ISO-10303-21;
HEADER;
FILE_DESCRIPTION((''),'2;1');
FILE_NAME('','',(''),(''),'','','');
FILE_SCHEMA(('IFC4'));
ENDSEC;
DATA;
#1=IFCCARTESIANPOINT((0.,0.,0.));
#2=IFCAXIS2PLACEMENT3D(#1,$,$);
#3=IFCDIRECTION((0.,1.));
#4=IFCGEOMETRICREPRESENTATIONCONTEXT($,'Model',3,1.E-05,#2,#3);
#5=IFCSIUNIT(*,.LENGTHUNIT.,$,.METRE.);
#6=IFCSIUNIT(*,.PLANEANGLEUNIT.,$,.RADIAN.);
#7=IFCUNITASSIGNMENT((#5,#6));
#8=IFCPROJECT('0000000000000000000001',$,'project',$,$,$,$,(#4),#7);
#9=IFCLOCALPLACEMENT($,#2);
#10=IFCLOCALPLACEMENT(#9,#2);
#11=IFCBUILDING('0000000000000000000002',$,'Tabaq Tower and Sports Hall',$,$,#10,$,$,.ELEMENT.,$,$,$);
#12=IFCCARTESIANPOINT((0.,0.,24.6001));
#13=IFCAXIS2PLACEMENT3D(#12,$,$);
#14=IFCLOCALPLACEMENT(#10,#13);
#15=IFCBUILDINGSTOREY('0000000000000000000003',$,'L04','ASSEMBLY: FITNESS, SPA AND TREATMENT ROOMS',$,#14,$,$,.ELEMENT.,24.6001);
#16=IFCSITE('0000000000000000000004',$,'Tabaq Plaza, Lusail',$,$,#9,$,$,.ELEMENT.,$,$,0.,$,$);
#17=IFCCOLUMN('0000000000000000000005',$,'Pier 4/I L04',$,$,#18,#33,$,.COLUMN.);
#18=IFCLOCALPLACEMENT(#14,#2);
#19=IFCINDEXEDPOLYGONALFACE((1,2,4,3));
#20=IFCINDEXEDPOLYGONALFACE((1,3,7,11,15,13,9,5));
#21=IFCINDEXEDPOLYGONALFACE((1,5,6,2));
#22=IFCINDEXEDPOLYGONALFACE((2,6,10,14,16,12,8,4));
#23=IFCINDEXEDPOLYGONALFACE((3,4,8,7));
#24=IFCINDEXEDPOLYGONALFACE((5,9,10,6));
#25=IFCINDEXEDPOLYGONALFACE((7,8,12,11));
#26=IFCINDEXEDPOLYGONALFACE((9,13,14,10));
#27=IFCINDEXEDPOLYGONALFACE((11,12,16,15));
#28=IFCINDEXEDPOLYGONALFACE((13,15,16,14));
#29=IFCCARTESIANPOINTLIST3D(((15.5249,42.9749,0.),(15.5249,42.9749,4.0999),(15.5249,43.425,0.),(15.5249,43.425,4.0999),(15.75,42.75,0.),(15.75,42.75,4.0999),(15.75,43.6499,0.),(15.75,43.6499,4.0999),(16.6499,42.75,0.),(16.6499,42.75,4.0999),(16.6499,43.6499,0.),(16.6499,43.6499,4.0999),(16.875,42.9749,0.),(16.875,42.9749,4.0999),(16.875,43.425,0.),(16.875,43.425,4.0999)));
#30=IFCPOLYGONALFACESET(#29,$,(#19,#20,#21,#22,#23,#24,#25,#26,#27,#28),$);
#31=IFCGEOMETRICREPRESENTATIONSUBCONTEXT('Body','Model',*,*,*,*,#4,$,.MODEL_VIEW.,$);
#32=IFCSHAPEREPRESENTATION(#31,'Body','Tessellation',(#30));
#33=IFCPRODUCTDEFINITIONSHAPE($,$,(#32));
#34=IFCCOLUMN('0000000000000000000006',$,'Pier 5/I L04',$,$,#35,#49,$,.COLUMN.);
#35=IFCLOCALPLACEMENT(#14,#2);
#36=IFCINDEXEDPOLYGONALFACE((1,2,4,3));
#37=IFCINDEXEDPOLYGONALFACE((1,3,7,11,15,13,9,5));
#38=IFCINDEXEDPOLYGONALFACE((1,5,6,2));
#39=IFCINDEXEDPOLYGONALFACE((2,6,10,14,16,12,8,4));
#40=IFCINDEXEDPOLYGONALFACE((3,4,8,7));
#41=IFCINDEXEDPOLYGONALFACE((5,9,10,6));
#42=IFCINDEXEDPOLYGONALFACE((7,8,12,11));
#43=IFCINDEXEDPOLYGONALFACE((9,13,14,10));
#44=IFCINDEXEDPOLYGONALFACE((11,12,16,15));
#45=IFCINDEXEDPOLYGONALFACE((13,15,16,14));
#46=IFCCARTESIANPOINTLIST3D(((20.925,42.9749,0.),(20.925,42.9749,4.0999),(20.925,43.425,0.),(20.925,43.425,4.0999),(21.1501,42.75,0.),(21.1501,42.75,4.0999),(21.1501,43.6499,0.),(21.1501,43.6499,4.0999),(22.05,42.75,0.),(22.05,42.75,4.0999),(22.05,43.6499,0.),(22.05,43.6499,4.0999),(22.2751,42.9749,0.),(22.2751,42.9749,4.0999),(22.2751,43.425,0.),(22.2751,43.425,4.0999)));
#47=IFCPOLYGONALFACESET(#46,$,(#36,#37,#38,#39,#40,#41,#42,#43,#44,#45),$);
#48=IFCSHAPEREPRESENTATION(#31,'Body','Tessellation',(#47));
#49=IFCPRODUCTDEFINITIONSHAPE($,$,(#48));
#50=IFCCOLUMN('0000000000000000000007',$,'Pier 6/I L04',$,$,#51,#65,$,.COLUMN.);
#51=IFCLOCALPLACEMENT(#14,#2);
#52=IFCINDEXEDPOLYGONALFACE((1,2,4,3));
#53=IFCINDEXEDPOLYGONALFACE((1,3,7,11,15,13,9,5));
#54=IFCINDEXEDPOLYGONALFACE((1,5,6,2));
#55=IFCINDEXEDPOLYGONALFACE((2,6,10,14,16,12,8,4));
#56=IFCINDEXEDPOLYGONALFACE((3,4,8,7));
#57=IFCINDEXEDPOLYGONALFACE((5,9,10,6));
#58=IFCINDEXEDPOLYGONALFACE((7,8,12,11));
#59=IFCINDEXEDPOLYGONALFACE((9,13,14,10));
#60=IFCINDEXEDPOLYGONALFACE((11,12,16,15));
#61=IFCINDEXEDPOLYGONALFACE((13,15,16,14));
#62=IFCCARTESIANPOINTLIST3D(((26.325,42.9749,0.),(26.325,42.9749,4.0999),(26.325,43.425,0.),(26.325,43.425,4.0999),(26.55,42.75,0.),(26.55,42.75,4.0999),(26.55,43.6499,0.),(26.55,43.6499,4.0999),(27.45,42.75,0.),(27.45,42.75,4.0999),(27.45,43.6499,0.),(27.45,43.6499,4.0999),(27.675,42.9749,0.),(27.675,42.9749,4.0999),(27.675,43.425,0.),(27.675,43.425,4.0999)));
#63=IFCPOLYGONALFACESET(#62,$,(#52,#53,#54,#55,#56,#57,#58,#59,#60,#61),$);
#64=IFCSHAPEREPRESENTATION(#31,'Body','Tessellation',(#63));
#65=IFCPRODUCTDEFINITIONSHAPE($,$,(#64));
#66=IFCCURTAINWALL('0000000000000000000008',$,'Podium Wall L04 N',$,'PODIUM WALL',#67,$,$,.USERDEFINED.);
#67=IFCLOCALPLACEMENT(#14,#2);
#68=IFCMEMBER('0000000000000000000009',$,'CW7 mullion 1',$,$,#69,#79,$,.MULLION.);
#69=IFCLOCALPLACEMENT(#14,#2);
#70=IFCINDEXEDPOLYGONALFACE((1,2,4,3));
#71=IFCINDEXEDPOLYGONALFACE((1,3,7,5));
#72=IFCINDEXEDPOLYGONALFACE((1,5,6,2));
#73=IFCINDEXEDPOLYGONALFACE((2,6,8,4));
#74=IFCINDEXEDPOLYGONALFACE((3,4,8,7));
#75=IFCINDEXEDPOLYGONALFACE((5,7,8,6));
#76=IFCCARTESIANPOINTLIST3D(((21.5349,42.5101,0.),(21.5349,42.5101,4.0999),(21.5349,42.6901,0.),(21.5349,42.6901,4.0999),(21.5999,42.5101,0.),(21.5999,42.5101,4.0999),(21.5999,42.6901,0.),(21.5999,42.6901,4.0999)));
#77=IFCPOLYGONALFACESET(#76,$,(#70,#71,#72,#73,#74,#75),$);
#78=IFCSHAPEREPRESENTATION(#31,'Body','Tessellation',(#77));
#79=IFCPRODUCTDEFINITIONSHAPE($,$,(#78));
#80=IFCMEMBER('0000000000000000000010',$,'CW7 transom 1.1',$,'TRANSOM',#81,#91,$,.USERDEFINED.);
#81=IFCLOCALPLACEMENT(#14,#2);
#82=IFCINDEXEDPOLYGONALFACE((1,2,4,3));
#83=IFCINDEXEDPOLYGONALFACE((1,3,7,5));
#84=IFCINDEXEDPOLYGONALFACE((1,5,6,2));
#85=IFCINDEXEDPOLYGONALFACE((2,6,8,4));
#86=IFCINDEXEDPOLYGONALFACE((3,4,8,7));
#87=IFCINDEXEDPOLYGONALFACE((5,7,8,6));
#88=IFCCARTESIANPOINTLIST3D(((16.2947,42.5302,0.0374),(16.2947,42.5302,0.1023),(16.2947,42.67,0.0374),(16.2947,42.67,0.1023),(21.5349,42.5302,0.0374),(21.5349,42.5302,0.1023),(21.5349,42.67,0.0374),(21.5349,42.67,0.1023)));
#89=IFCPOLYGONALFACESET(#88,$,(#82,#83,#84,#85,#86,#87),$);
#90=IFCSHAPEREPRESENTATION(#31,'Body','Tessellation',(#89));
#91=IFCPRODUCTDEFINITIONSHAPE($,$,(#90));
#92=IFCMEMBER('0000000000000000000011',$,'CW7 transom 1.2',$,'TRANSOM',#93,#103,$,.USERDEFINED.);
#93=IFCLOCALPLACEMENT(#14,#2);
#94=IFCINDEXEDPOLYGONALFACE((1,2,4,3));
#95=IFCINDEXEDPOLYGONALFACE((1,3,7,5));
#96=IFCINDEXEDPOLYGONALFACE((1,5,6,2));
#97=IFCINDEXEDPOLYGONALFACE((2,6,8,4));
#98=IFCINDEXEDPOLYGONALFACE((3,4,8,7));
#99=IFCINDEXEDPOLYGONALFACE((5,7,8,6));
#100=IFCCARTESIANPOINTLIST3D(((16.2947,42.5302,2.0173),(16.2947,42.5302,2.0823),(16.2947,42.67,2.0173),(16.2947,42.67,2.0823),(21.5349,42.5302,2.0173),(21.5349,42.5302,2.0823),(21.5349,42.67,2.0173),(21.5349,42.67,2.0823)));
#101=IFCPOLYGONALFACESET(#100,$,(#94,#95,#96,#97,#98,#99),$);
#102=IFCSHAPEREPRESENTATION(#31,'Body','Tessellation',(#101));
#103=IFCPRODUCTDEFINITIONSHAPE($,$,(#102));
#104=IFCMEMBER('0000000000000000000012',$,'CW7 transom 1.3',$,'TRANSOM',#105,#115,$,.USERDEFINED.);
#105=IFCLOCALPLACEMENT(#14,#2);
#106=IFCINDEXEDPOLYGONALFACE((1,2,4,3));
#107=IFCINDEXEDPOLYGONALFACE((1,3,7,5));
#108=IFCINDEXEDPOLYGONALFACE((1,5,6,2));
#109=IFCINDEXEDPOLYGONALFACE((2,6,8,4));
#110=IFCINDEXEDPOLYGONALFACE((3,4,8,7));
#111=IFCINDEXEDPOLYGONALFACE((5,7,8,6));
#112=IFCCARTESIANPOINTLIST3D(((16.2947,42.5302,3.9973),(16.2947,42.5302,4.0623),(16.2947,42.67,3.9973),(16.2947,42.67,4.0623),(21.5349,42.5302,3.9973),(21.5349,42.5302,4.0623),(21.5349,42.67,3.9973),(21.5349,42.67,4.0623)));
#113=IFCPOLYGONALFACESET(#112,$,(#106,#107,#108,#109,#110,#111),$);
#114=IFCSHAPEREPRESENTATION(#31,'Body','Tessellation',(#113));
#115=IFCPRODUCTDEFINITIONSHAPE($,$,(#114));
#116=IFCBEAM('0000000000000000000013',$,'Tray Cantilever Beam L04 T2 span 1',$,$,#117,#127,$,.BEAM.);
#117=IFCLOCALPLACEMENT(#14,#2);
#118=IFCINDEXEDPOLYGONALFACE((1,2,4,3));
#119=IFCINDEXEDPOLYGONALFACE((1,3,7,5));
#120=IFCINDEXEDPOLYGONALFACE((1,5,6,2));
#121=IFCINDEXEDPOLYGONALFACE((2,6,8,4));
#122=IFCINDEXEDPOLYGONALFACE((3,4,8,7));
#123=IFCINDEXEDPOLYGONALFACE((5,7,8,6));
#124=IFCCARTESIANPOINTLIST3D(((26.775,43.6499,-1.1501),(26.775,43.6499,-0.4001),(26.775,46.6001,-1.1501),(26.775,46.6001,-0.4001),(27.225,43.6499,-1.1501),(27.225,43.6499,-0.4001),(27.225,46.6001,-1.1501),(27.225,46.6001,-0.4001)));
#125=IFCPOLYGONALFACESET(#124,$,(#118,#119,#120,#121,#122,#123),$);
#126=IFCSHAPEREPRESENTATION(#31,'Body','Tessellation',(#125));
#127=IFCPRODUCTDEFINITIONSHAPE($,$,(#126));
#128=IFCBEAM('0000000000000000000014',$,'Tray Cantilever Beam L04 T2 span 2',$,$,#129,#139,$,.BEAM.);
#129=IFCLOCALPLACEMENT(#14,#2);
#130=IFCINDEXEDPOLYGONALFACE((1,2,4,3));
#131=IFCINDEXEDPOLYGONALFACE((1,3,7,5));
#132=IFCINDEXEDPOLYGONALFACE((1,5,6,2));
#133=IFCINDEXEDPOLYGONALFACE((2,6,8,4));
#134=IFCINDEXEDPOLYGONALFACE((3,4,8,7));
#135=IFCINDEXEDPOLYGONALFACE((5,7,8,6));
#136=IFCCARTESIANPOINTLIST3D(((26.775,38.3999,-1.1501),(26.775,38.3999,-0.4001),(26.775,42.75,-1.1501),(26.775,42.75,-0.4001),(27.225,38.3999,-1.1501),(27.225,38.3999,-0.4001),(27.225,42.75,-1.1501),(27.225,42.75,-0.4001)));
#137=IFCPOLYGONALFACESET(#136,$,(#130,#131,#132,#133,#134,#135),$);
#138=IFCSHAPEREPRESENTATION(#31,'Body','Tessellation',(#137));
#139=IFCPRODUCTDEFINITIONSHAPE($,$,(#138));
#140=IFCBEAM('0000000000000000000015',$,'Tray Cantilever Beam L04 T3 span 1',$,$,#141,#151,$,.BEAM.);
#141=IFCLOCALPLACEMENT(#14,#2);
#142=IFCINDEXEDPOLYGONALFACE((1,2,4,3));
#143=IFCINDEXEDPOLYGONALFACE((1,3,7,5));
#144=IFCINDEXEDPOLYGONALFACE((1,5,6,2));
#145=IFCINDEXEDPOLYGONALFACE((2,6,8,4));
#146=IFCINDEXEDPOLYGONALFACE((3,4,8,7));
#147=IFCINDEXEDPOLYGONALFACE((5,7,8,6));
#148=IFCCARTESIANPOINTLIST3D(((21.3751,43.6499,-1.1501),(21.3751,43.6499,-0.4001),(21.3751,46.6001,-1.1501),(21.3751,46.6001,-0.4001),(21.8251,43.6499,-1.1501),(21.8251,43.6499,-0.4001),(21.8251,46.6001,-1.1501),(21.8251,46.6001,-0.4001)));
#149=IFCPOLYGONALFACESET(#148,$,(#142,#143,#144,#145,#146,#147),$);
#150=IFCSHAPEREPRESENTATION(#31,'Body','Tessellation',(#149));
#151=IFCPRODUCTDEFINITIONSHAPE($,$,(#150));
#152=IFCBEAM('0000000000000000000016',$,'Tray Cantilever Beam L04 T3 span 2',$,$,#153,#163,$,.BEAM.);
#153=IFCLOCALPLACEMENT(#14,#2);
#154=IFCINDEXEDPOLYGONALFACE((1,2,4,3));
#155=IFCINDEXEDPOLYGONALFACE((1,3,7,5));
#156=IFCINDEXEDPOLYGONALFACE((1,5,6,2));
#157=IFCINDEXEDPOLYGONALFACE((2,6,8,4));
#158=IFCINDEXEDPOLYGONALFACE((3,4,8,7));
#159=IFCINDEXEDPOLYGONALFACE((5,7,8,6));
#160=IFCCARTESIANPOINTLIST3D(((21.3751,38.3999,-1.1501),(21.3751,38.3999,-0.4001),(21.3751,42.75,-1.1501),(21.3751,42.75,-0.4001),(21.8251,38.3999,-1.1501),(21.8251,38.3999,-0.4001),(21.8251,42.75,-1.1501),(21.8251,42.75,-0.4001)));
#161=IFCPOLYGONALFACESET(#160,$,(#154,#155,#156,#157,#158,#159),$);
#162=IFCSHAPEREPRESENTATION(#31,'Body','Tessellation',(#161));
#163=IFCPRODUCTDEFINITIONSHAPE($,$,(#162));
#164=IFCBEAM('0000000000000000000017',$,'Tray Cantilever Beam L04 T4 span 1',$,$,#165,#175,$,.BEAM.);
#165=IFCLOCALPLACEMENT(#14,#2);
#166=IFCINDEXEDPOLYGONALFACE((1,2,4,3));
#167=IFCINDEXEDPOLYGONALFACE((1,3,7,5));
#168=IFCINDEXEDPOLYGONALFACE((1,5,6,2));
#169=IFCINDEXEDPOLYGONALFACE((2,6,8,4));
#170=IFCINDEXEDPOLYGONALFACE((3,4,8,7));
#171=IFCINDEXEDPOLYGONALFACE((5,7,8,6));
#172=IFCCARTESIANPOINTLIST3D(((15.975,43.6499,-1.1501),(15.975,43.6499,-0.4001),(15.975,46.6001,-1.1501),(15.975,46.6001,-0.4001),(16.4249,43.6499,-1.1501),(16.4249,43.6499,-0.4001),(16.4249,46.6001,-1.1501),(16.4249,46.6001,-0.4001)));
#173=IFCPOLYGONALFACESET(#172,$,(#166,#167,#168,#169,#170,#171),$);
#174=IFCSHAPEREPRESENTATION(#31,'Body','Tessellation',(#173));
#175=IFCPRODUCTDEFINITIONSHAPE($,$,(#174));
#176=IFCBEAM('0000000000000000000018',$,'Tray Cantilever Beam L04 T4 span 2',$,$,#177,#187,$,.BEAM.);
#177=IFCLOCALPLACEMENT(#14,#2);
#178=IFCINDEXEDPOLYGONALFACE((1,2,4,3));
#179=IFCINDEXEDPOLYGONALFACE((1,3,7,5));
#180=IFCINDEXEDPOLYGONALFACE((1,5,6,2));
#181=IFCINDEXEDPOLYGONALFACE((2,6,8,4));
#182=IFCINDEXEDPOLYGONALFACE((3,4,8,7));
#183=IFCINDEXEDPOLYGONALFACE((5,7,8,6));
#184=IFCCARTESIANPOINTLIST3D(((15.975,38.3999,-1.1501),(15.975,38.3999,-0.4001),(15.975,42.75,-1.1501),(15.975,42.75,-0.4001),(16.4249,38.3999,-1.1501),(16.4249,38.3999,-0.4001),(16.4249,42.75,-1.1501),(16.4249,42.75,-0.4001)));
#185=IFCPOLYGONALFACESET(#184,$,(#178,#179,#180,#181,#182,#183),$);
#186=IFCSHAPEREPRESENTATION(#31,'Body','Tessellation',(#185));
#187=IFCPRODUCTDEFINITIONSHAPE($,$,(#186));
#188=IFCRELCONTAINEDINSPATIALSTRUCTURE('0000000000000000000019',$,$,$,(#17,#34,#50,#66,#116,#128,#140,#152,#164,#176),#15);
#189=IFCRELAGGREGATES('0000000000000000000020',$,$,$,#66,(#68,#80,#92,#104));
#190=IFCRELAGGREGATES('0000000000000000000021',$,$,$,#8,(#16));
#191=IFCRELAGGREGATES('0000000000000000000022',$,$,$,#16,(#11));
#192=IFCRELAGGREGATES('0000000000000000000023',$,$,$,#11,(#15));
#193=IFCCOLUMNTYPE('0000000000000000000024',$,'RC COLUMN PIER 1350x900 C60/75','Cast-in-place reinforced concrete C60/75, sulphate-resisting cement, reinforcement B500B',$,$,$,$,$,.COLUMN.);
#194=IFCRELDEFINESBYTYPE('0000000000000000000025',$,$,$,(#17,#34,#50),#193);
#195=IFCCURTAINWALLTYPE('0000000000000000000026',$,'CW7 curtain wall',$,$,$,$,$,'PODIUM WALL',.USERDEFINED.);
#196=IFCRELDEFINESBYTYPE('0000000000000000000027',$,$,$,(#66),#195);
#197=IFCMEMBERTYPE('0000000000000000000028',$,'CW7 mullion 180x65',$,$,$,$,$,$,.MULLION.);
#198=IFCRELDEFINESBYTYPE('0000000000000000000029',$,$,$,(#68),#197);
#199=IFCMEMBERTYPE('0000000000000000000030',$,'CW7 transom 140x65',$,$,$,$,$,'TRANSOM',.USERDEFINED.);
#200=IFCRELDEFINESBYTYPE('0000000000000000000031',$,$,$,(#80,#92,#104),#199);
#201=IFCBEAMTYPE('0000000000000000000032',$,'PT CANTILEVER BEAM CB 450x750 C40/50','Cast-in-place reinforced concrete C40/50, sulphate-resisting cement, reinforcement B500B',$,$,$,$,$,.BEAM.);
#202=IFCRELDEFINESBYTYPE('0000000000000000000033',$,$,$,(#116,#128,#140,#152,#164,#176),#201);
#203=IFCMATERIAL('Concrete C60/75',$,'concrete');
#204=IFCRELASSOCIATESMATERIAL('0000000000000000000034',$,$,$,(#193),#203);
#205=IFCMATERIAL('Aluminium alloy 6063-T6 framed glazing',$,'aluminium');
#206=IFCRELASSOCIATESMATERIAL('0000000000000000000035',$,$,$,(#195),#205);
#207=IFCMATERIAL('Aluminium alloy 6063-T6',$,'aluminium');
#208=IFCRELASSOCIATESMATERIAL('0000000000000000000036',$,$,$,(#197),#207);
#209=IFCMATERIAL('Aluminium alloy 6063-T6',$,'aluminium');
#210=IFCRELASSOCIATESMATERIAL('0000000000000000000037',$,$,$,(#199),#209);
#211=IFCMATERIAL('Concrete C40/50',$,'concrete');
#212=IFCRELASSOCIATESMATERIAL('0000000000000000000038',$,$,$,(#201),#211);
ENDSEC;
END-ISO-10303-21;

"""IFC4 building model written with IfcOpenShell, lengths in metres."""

from ifc_helpers import new_model, si_unit, direction, frame, origin, origin_2d, place, context, subcontext, project, spatial, polyline, rectangle, outline, extrude, material, material_profile, profile_set, type_object, element, aggregate, save


model = new_model("IFC4")

# Units and contexts
model_context = context("Model", 3, precision=1e-05, world=origin(), true_north=direction((0.0, 1.0)))
body_context = subcontext(model_context, "Body", "Model", "MODEL_VIEW")
ifc_project = project(units=[si_unit("LENGTHUNIT", "METRE"), si_unit("PLANEANGLEUNIT", "RADIAN")], contexts=[model_context])

# Site, building, storey
site_placement = place(None, origin())
site = spatial("IfcSite", under=ifc_project, at=site_placement, Name="Tabaq Plaza, Lusail", CompositionType="ELEMENT", RefElevation=0.0)
building_placement = place(site_placement, origin())
building = spatial("IfcBuilding", under=site, at=building_placement, Name="Tabaq Tower and Sports Hall", CompositionType="ELEMENT")
storey_placement = place(building_placement, frame((0.0, 0.0, 24.6001)))
storey = spatial("IfcBuildingStorey", under=building, at=storey_placement, Name="L04", Description="ASSEMBLY: FITNESS, SPA AND TREATMENT ROOMS", CompositionType="ELEMENT", Elevation=24.6001)

# Columns
ifc_material_1 = material(Name="Concrete C60/75", Category="concrete")
ifc_material_profile_1 = material_profile(ifc_material_1, outline(polyline([(-0.45, -0.45), (0.45, -0.45), (0.675, -0.2251), (0.675, 0.2251), (0.45, 0.45), (-0.45, 0.45), (-0.675, 0.2251), (-0.675, -0.2251), (-0.45, -0.45)])), Name="PIER 1350x900")
ifc_profile_set_1 = profile_set([ifc_material_profile_1], Name="Concrete C60/75")
column_type = type_object("IfcColumnType", Name="RC COLUMN PIER 1350x900 C60/75", Description="Cast-in-place reinforced concrete C60/75, sulphate-resisting cement, reinforcement B500B", PredefinedType="COLUMN", material=ifc_profile_set_1)
for number, where, z_axis, x_axis, name in (
    (1, (16.2, 43.2, 0.0), (0.0, 0.0, 1.0), (1.0, 0.0, 0.0), "Pier 4/I L04"),
    (2, (21.6001, 43.2, 0.0), (0.0, 0.0, 1.0), (1.0, 0.0, 0.0), "Pier 5/I L04"),
    (3, (27.0, 43.2, 0.0), (0.0, 0.0, 1.0), (1.0, 0.0, 0.0), "Pier 6/I L04"),
):
    element("IfcColumn", number, at=place(storey_placement, frame(where, z_axis=z_axis, x_axis=x_axis)), inside=storey, type_object=column_type, Name=name, PredefinedType="COLUMN", context=body_context, shape_type="SweptSolid", body=[
        extrude(outline(polyline([(-0.45, -0.45), (0.45, -0.45), (0.675, -0.2251), (0.675, 0.2251), (0.45, 0.45), (-0.45, 0.45), (-0.675, 0.2251), (-0.675, -0.2251), (-0.45, -0.45)])), origin(), (0.0, 0.0, 1.0), 4.0999),
    ])

# Curtain wall, members
ifc_material_2 = material(Name="Aluminium alloy 6063-T6 framed glazing", Category="aluminium")
curtain_wall_type = type_object("IfcCurtainWallType", Name="CW7 curtain wall", ElementType="PODIUM WALL", PredefinedType="USERDEFINED", material=ifc_material_2)
curtain_wall_placement = place(storey_placement, origin())
curtain_wall = element("IfcCurtainWall", 4, at=curtain_wall_placement, inside=storey, type_object=curtain_wall_type, Name="Podium Wall L04 N", ObjectType="PODIUM WALL", PredefinedType="USERDEFINED")
ifc_material_3 = material(Name="Aluminium alloy 6063-T6", Category="aluminium")
ifc_material_profile_2 = material_profile(ifc_material_3, rectangle(XDim=0.1799, YDim=0.0649, at=origin_2d()), Name="MULLION 180x65")
ifc_profile_set_2 = profile_set([ifc_material_profile_2], Name="Aluminium alloy 6063-T6")
member_type_1 = type_object("IfcMemberType", Name="CW7 mullion 180x65", PredefinedType="MULLION", material=ifc_profile_set_2)
member_1_placement = place(storey_placement, frame((21.5674, 42.6001, 0.0), z_axis=(0.0, 0.0, 1.0), x_axis=(0.0, -1.0, 0.0)))
member_1 = element("IfcMember", 5, at=member_1_placement, type_object=member_type_1, Name="CW7 mullion 1", PredefinedType="MULLION", context=body_context, shape_type="SweptSolid", body=[
    extrude(rectangle(XDim=0.1799, YDim=0.0649, at=origin_2d()), origin(), (0.0, 0.0, 1.0), 4.0999),
])
ifc_material_4 = material(Name="Aluminium alloy 6063-T6", Category="aluminium")
ifc_material_profile_3 = material_profile(ifc_material_4, rectangle(XDim=0.1399, YDim=0.0649, at=origin_2d()), Name="TRANSOM 140x65")
ifc_profile_set_3 = profile_set([ifc_material_profile_3], Name="Aluminium alloy 6063-T6")
member_type_2 = type_object("IfcMemberType", Name="CW7 transom 140x65", ElementType="TRANSOM", PredefinedType="USERDEFINED", material=ifc_profile_set_3)
member_2_placement = place(storey_placement, frame((21.5349, 42.6001, 0.0698), z_axis=(-1.0, 0.0, 0.0), x_axis=(0.0, -1.0, 0.0)))
member_2 = element("IfcMember", 6, at=member_2_placement, type_object=member_type_2, Name="CW7 transom 1.1", ObjectType="TRANSOM", PredefinedType="USERDEFINED", context=body_context, shape_type="SweptSolid", body=[
    extrude(rectangle(XDim=0.1399, YDim=0.0649, at=origin_2d()), origin(), (0.0, 0.0, 1.0), 5.2402),
])
member_3_placement = place(storey_placement, frame((21.5349, 42.6001, 2.0498), z_axis=(-1.0, 0.0, 0.0), x_axis=(0.0, -1.0, 0.0)))
member_3 = element("IfcMember", 7, at=member_3_placement, type_object=member_type_2, Name="CW7 transom 1.2", ObjectType="TRANSOM", PredefinedType="USERDEFINED", context=body_context, shape_type="SweptSolid", body=[
    extrude(rectangle(XDim=0.1399, YDim=0.0649, at=origin_2d()), origin(), (0.0, 0.0, 1.0), 5.2402),
])
member_4_placement = place(storey_placement, frame((21.5349, 42.6001, 4.0298), z_axis=(-1.0, 0.0, 0.0), x_axis=(0.0, -1.0, 0.0)))
member_4 = element("IfcMember", 8, at=member_4_placement, type_object=member_type_2, Name="CW7 transom 1.3", ObjectType="TRANSOM", PredefinedType="USERDEFINED", context=body_context, shape_type="SweptSolid", body=[
    extrude(rectangle(XDim=0.1399, YDim=0.0649, at=origin_2d()), origin(), (0.0, 0.0, 1.0), 5.2402),
])

# Beams
ifc_material_5 = material(Name="Concrete C40/50", Category="concrete")
ifc_material_profile_4 = material_profile(ifc_material_5, rectangle(XDim=0.45, YDim=0.75, at=origin_2d()), Name="CB 450x750")
ifc_profile_set_4 = profile_set([ifc_material_profile_4], Name="Concrete C40/50")
beam_type = type_object("IfcBeamType", Name="PT CANTILEVER BEAM CB 450x750 C40/50", Description="Cast-in-place reinforced concrete C40/50, sulphate-resisting cement, reinforcement B500B", PredefinedType="BEAM", material=ifc_profile_set_4)
beam_1_placement = place(storey_placement, frame((27.0, 46.6001, -0.7751), z_axis=(0.0, -1.0, 0.0), x_axis=(1.0, 0.0, 0.0)))
element("IfcBeam", 9, at=beam_1_placement, inside=storey, type_object=beam_type, Name="Tray Cantilever Beam L04 T2 span 1", PredefinedType="BEAM", context=body_context, shape_type="SweptSolid", body=[
    extrude(rectangle(XDim=0.45, YDim=0.75, at=origin_2d()), origin(), (0.0, 0.0, 1.0), 2.9502),
])
beam_2_placement = place(storey_placement, frame((27.0, 42.75, -0.7751), z_axis=(0.0, -1.0, 0.0), x_axis=(1.0, 0.0, 0.0)))
element("IfcBeam", 10, at=beam_2_placement, inside=storey, type_object=beam_type, Name="Tray Cantilever Beam L04 T2 span 2", PredefinedType="BEAM", context=body_context, shape_type="SweptSolid", body=[
    extrude(rectangle(XDim=0.45, YDim=0.75, at=origin_2d()), origin(), (0.0, 0.0, 1.0), 4.3501),
])
beam_3_placement = place(storey_placement, frame((21.6001, 46.6001, -0.7751), z_axis=(0.0, -1.0, 0.0), x_axis=(1.0, 0.0, 0.0)))
element("IfcBeam", 11, at=beam_3_placement, inside=storey, type_object=beam_type, Name="Tray Cantilever Beam L04 T3 span 1", PredefinedType="BEAM", context=body_context, shape_type="SweptSolid", body=[
    extrude(rectangle(XDim=0.45, YDim=0.75, at=origin_2d()), origin(), (0.0, 0.0, 1.0), 2.9502),
])
beam_4_placement = place(storey_placement, frame((21.6001, 42.75, -0.7751), z_axis=(0.0, -1.0, 0.0), x_axis=(1.0, 0.0, 0.0)))
element("IfcBeam", 12, at=beam_4_placement, inside=storey, type_object=beam_type, Name="Tray Cantilever Beam L04 T3 span 2", PredefinedType="BEAM", context=body_context, shape_type="SweptSolid", body=[
    extrude(rectangle(XDim=0.45, YDim=0.75, at=origin_2d()), origin(), (0.0, 0.0, 1.0), 4.3501),
])
beam_5_placement = place(storey_placement, frame((16.2, 46.6001, -0.7751), z_axis=(0.0, -1.0, 0.0), x_axis=(1.0, 0.0, 0.0)))
element("IfcBeam", 13, at=beam_5_placement, inside=storey, type_object=beam_type, Name="Tray Cantilever Beam L04 T4 span 1", PredefinedType="BEAM", context=body_context, shape_type="SweptSolid", body=[
    extrude(rectangle(XDim=0.45, YDim=0.75, at=origin_2d()), origin(), (0.0, 0.0, 1.0), 2.9502),
])
beam_6_placement = place(storey_placement, frame((16.2, 42.75, -0.7751), z_axis=(0.0, -1.0, 0.0), x_axis=(1.0, 0.0, 0.0)))
element("IfcBeam", 14, at=beam_6_placement, inside=storey, type_object=beam_type, Name="Tray Cantilever Beam L04 T4 span 2", PredefinedType="BEAM", context=body_context, shape_type="SweptSolid", body=[
    extrude(rectangle(XDim=0.45, YDim=0.75, at=origin_2d()), origin(), (0.0, 0.0, 1.0), 4.3501),
])

aggregate(curtain_wall, [member_1, member_2, member_3, member_4])

save(model, "model.ifc")
